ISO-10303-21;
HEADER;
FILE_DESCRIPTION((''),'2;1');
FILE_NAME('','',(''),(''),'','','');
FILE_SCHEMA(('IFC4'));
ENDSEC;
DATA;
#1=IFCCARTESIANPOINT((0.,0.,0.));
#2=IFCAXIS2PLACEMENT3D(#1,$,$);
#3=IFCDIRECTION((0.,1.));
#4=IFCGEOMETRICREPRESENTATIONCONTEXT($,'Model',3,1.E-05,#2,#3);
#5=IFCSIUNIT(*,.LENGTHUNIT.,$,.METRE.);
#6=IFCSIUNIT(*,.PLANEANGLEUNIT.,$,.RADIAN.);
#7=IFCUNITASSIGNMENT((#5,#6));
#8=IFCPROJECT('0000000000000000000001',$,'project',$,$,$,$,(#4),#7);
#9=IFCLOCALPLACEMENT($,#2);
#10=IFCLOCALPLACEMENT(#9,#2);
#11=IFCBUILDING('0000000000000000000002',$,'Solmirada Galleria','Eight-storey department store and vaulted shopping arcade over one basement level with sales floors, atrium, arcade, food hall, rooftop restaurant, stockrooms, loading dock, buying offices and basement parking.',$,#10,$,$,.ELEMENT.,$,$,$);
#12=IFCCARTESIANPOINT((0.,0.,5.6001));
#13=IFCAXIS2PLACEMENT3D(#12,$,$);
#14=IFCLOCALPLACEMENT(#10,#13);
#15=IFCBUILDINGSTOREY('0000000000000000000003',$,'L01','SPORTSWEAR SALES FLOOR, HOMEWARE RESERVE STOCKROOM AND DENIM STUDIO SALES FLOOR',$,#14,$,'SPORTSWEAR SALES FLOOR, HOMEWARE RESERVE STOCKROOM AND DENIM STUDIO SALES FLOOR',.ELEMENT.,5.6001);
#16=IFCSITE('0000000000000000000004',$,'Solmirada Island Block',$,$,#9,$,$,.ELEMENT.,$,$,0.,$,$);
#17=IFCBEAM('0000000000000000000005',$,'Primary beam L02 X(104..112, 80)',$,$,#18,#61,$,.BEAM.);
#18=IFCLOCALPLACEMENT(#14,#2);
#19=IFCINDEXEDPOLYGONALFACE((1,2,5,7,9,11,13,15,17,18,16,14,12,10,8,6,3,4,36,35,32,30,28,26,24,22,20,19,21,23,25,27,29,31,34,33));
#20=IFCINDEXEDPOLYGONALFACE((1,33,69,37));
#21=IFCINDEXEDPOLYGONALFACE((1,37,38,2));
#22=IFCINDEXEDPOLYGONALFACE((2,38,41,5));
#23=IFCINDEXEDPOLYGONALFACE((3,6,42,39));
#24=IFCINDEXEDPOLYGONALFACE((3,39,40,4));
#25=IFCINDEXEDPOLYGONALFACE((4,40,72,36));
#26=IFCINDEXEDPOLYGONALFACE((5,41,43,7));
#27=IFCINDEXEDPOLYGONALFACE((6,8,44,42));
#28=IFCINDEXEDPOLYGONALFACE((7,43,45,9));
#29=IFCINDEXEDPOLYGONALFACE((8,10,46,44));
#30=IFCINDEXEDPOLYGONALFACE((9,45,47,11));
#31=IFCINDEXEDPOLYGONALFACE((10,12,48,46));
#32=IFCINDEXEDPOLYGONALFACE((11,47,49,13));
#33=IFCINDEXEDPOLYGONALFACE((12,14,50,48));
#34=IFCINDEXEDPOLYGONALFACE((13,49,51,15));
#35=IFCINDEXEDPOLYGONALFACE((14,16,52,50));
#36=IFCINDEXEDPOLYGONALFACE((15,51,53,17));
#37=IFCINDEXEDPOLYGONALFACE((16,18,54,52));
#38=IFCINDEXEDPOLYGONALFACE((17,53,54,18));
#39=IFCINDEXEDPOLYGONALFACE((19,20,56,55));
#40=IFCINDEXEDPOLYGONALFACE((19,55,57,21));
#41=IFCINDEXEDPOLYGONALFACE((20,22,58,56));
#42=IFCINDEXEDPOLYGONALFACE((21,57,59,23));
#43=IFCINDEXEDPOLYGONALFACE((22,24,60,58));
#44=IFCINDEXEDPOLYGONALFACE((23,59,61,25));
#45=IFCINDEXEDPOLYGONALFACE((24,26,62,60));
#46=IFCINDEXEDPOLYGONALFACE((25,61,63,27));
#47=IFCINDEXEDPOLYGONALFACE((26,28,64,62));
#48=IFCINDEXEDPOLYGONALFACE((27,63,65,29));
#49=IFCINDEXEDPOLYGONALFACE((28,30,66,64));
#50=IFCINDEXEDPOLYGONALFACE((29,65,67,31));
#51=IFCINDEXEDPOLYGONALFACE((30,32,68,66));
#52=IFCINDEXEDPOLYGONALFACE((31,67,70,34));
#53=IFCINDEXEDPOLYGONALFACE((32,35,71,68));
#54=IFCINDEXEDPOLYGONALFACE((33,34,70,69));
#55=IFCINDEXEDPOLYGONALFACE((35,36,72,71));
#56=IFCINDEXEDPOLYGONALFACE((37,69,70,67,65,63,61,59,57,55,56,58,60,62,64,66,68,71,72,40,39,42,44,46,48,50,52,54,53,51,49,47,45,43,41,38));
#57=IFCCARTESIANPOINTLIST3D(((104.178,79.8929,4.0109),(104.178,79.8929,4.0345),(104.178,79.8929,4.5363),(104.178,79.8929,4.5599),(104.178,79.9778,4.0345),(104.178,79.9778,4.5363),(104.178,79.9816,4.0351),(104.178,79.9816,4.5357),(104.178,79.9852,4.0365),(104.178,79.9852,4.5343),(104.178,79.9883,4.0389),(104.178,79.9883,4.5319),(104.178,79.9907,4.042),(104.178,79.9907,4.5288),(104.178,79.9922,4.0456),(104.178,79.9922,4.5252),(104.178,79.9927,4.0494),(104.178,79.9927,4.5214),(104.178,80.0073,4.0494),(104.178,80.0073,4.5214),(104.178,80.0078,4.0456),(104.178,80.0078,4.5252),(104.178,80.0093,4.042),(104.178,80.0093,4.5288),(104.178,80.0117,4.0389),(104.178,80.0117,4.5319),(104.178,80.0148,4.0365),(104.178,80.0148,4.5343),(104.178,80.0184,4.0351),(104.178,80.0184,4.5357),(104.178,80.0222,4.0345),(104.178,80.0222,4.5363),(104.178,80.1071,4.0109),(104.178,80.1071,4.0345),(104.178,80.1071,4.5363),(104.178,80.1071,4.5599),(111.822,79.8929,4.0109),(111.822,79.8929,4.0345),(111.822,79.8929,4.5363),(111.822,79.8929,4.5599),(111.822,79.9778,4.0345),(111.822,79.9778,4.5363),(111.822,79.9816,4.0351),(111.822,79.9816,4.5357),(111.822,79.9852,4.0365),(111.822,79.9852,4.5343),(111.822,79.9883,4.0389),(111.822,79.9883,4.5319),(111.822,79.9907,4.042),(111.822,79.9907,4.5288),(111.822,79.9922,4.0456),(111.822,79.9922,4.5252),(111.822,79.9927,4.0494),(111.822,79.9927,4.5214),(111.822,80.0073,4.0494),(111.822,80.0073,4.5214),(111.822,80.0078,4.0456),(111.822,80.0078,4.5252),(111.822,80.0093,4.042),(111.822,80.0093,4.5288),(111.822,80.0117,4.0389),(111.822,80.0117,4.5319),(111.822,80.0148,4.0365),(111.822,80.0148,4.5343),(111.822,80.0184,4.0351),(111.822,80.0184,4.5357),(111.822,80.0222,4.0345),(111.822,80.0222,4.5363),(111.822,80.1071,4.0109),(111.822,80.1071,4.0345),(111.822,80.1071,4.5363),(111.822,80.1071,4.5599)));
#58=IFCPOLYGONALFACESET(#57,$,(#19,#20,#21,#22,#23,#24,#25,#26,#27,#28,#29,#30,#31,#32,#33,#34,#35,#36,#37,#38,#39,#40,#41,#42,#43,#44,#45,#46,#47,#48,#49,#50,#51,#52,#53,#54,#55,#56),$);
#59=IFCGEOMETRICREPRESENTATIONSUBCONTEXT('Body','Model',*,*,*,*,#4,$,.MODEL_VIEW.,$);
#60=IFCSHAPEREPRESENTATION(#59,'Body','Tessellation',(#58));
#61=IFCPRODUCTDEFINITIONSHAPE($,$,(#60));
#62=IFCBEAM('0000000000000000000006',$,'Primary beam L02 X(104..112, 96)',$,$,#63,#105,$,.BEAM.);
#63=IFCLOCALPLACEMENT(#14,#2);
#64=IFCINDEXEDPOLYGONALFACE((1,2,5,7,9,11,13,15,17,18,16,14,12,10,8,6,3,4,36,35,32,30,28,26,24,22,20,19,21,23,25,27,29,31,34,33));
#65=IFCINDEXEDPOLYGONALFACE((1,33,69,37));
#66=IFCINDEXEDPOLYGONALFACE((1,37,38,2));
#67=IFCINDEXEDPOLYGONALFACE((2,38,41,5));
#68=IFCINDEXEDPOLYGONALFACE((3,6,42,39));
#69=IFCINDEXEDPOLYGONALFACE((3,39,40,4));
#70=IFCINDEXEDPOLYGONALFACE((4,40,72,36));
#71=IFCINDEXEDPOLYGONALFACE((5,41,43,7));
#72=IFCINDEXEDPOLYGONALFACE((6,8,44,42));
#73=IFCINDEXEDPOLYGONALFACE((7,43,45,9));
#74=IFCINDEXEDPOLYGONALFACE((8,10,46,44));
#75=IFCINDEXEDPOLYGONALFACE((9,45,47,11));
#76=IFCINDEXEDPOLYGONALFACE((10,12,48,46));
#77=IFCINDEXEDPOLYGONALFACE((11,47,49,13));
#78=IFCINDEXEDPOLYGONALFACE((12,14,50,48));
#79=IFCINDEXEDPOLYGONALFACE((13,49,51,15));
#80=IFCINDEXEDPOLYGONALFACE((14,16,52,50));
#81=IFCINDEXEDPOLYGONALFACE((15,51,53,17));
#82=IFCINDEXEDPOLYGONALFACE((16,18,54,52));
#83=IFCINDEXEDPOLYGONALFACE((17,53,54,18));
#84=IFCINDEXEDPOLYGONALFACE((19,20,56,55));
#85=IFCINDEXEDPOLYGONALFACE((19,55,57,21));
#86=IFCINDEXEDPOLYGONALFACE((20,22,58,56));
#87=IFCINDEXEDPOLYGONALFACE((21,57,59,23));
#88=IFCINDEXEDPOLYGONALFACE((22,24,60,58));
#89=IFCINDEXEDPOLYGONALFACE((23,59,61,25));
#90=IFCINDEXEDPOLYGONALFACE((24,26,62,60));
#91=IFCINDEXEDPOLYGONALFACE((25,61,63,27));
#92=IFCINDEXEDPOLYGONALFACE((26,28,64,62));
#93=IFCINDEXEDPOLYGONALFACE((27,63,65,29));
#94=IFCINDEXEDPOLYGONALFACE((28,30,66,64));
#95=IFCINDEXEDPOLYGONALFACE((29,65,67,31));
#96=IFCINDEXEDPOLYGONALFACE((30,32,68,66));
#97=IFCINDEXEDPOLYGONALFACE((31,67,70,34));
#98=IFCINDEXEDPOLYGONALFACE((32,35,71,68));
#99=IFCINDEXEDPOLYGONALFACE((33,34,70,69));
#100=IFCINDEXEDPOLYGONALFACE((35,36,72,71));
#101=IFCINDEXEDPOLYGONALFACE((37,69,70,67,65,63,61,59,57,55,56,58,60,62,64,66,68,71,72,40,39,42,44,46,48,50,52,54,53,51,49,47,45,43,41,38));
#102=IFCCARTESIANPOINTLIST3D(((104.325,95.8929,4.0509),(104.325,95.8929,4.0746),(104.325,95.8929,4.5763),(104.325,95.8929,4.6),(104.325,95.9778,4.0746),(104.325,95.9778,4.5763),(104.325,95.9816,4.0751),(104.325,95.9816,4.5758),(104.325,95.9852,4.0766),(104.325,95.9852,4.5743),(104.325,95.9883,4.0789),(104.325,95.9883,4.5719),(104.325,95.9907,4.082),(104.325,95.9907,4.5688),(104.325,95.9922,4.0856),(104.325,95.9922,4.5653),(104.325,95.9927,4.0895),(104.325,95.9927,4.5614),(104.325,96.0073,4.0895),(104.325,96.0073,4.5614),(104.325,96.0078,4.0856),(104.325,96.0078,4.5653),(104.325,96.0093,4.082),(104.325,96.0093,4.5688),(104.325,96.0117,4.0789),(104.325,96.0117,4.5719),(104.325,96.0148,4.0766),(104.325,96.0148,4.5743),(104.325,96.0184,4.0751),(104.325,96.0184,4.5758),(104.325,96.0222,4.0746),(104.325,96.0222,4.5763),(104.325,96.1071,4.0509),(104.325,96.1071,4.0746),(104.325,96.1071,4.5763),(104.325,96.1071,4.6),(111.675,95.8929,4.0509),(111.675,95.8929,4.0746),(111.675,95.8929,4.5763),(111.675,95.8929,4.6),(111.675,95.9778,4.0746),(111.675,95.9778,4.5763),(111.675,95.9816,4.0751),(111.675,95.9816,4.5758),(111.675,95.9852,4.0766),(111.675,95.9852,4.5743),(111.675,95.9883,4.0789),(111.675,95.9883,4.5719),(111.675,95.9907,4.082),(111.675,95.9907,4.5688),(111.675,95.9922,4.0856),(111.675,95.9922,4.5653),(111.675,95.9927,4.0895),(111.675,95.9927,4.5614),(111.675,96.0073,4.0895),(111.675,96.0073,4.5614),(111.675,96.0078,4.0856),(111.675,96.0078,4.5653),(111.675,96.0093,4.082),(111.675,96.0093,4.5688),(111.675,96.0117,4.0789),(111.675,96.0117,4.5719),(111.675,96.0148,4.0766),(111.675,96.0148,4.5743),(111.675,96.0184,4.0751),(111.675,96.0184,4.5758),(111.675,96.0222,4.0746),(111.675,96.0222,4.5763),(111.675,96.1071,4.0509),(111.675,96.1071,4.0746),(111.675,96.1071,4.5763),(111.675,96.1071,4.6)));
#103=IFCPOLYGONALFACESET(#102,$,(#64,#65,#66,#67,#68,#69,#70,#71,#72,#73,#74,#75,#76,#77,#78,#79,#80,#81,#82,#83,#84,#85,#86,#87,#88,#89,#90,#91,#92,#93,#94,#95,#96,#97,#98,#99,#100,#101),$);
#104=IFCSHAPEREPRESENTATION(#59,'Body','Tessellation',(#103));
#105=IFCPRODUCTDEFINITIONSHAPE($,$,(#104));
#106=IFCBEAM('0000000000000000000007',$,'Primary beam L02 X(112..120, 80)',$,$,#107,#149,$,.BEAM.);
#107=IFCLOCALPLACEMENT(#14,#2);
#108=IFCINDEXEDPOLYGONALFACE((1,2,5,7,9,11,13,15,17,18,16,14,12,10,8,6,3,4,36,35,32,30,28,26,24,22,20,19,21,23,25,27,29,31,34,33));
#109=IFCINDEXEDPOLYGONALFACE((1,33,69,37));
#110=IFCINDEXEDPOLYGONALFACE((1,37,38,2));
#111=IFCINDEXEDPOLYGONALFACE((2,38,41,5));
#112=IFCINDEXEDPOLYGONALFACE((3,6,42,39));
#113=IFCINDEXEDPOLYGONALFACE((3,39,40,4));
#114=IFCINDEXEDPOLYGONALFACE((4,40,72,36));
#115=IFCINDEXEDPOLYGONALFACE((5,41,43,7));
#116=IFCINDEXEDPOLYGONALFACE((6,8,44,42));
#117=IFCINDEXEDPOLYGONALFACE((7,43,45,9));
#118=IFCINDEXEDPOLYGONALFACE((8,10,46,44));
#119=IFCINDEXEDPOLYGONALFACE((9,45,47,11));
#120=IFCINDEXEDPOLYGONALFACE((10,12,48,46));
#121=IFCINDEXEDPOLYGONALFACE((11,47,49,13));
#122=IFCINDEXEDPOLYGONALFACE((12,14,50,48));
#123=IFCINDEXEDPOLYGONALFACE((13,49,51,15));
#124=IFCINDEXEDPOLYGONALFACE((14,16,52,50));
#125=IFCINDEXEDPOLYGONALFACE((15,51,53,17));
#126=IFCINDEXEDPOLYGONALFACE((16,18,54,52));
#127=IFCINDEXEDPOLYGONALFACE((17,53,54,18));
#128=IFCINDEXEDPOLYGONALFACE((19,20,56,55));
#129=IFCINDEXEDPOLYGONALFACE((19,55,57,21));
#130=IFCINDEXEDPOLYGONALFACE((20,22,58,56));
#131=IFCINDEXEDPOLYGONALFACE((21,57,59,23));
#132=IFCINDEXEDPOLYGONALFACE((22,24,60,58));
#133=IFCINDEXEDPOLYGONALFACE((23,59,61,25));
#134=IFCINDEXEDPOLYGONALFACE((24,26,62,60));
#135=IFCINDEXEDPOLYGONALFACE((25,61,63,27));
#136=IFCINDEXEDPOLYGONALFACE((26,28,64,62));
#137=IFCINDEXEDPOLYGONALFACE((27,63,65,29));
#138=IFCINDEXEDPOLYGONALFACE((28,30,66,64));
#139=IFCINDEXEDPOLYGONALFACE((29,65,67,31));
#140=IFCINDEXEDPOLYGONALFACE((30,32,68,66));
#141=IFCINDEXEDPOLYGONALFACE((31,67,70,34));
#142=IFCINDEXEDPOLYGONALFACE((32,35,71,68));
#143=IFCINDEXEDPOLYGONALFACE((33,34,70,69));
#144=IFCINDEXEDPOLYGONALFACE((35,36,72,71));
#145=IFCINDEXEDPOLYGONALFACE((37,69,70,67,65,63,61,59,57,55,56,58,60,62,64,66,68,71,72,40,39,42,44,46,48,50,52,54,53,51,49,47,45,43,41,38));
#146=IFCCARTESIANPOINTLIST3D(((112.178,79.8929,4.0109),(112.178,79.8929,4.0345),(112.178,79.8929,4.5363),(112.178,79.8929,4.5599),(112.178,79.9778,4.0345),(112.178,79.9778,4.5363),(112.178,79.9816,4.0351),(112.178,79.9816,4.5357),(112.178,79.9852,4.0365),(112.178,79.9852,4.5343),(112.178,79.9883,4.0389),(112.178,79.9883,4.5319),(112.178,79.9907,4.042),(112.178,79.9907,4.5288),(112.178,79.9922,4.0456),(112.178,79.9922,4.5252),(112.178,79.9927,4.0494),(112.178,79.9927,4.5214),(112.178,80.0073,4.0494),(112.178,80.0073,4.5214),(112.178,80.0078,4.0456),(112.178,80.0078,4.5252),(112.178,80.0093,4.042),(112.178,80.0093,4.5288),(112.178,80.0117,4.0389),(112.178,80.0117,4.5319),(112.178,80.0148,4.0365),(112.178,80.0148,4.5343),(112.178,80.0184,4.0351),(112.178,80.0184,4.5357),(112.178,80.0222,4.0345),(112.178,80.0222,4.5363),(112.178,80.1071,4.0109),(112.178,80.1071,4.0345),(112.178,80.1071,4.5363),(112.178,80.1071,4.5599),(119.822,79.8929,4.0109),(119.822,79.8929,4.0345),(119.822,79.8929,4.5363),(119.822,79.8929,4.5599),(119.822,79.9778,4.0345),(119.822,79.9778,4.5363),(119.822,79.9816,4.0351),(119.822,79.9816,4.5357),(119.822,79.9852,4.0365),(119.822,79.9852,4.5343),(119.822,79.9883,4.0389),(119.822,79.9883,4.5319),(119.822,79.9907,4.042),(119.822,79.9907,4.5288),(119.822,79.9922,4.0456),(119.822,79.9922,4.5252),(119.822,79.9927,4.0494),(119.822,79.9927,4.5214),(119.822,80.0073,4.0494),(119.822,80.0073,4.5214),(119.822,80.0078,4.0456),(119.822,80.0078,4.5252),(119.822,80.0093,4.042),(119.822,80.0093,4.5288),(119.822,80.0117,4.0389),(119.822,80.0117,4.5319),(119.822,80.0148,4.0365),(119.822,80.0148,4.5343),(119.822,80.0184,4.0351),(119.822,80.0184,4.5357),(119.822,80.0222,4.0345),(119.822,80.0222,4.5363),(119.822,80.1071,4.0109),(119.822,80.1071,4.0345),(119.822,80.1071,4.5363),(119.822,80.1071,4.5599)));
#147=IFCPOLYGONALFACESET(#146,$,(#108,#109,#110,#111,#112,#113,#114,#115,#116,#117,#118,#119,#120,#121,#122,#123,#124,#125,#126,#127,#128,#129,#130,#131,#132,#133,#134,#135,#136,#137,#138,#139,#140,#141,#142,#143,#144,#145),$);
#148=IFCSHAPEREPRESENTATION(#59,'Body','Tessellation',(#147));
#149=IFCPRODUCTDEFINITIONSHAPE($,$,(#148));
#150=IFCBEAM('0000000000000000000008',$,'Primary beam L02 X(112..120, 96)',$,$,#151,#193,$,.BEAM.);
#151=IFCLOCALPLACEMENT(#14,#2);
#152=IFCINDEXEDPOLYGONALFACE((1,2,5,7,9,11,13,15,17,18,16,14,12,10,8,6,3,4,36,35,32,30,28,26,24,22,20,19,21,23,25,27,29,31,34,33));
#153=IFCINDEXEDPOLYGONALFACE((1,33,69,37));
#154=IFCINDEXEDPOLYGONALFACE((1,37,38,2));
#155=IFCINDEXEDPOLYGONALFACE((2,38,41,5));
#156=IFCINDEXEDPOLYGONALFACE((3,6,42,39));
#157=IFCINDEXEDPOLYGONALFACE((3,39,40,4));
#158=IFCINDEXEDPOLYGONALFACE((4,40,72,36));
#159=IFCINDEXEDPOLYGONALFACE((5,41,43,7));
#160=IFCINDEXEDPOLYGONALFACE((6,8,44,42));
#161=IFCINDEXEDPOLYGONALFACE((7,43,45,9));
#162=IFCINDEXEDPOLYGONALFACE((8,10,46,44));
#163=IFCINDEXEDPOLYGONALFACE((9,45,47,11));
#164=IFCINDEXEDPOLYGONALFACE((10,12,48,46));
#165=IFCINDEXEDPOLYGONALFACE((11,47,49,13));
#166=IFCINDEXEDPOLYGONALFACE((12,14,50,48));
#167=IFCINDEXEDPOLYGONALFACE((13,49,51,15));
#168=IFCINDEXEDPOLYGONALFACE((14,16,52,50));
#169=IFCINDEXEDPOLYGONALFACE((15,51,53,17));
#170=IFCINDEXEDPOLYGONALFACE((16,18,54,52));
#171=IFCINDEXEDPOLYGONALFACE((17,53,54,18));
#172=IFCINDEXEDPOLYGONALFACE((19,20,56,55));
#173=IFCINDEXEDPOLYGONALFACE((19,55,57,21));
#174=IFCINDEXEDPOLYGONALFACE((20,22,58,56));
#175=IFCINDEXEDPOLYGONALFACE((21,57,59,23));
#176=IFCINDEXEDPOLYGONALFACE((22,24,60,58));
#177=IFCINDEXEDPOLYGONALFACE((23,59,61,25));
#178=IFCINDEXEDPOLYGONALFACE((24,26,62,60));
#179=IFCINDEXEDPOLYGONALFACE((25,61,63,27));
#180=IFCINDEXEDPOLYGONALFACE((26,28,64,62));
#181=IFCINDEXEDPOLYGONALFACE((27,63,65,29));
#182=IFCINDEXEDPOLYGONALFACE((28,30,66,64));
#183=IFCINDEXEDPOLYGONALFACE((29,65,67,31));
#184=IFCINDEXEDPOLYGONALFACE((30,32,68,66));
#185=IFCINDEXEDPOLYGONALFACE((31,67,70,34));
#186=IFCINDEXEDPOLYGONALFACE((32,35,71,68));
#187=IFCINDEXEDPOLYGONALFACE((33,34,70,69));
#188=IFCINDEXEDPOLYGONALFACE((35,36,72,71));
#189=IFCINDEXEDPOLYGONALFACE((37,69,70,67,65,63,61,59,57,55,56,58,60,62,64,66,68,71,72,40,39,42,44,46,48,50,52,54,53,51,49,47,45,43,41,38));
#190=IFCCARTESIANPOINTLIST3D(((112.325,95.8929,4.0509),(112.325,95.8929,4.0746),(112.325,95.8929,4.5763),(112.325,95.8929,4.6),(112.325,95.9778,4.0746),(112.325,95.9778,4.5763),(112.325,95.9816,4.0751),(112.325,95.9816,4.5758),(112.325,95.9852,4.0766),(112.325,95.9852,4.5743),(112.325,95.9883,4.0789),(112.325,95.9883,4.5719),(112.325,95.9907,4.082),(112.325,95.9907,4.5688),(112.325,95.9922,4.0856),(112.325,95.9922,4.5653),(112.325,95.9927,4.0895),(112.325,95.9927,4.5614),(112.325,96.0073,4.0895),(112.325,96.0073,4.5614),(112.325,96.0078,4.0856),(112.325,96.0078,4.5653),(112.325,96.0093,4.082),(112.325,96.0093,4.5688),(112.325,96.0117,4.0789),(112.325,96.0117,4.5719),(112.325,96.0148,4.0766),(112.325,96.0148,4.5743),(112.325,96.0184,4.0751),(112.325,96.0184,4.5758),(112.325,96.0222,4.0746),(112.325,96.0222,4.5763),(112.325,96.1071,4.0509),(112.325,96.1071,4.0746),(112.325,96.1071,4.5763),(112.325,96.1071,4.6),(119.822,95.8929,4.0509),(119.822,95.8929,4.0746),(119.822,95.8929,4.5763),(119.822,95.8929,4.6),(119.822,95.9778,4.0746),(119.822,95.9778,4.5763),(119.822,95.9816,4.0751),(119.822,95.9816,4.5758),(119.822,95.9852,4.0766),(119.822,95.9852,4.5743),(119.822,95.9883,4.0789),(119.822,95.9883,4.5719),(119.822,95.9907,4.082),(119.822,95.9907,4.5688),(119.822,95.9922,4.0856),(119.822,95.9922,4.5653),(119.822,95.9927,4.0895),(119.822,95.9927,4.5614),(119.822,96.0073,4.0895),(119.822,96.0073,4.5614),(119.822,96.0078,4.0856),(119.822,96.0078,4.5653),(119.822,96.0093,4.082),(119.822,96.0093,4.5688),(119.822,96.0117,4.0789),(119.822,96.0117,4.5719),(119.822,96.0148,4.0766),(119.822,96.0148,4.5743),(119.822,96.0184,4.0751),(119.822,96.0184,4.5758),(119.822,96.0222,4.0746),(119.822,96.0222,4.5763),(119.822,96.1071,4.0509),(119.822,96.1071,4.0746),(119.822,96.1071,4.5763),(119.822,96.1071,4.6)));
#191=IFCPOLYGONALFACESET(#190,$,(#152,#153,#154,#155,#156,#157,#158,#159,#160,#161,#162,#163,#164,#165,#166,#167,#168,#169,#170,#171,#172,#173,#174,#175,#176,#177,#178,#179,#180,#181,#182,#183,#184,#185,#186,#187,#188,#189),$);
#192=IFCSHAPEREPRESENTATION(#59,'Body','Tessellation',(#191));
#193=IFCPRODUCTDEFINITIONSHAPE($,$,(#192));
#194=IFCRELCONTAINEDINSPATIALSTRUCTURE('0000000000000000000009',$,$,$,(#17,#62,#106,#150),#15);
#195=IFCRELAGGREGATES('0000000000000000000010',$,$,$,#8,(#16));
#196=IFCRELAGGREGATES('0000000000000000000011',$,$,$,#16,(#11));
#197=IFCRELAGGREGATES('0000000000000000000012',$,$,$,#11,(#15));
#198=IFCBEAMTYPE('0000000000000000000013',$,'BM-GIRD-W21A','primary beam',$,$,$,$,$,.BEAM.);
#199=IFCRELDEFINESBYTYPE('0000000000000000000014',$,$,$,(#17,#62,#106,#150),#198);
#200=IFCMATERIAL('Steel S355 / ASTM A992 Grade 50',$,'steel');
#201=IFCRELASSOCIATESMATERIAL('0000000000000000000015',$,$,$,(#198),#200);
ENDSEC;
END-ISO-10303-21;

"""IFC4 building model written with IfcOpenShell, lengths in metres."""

from ifc_helpers import new_model, si_unit, direction, frame, origin, origin_2d, place, context, subcontext, project, spatial, i_section, extrude, material, material_profile, profile_set, type_object, element, save


model = new_model("IFC4")

# Units and contexts
model_context = context("Model", 3, precision=1e-05, world=origin(), true_north=direction((0.0, 1.0)))
body_context = subcontext(model_context, "Body", "Model", "MODEL_VIEW")
ifc_project = project(units=[si_unit("LENGTHUNIT", "METRE"), si_unit("PLANEANGLEUNIT", "RADIAN")], contexts=[model_context])

# Site, building, storey
site_placement = place(None, origin())
site = spatial("IfcSite", under=ifc_project, at=site_placement, Name="Solmirada Island Block", CompositionType="ELEMENT", RefElevation=0.0)
building_placement = place(site_placement, origin())
building = spatial("IfcBuilding", under=site, at=building_placement, Name="Solmirada Galleria", Description="Eight-storey department store and vaulted shopping arcade over one basement level with sales floors, atrium, arcade, food hall, rooftop restaurant, stockrooms, loading dock, buying offices and basement parking.", CompositionType="ELEMENT")
storey_placement = place(building_placement, frame((0.0, 0.0, 5.6001)))
storey = spatial("IfcBuildingStorey", under=building, at=storey_placement, Name="L01", Description="SPORTSWEAR SALES FLOOR, HOMEWARE RESERVE STOCKROOM AND DENIM STUDIO SALES FLOOR", LongName="SPORTSWEAR SALES FLOOR, HOMEWARE RESERVE STOCKROOM AND DENIM STUDIO SALES FLOOR", CompositionType="ELEMENT", Elevation=5.6001)

# Beams
ifc_material_1 = material(Name="Steel S355 / ASTM A992 Grade 50", Category="steel")
ifc_material_profile_1 = material_profile(ifc_material_1, i_section(OverallWidth=0.2141, OverallDepth=0.5491, WebThickness=0.0146, FlangeThickness=0.0237, FilletRadius=0.0149, at=origin_2d()), Name="W21X93")
ifc_profile_set_1 = profile_set([ifc_material_profile_1], Name="Steel S355 / ASTM A992 Grade 50")
beam_type_1 = type_object("IfcBeamType", Name="BM-GIRD-W21A", Description="primary beam", PredefinedType="BEAM", material=ifc_profile_set_1)
beam_1_placement = place(storey_placement, frame((104.178, 80.0, 4.2854), z_axis=(1.0, 0.0, 0.0), x_axis=(0.0, 1.0, 0.0)))
element("IfcBeam", 1, at=beam_1_placement, inside=storey, type_object=beam_type_1, Name="Primary beam L02 X(104..112, 80)", PredefinedType="BEAM", context=body_context, shape_type="SweptSolid", body=[
    extrude(i_section(OverallWidth=0.2141, OverallDepth=0.5491, WebThickness=0.0146, FlangeThickness=0.0237, FilletRadius=0.0149, at=origin_2d()), origin(), (0.0, 0.0, 1.0), 7.644),
])
beam_2_placement = place(storey_placement, frame((104.325, 96.0, 4.3254), z_axis=(1.0, 0.0, 0.0), x_axis=(0.0, 1.0, 0.0)))
element("IfcBeam", 2, at=beam_2_placement, inside=storey, type_object=beam_type_1, Name="Primary beam L02 X(104..112, 96)", PredefinedType="BEAM", context=body_context, shape_type="SweptSolid", body=[
    extrude(i_section(OverallWidth=0.2141, OverallDepth=0.5491, WebThickness=0.0146, FlangeThickness=0.0237, FilletRadius=0.0149, at=origin_2d()), origin(), (0.0, 0.0, 1.0), 7.3501),
])
beam_3_placement = place(storey_placement, frame((112.178, 80.0, 4.2854), z_axis=(1.0, 0.0, 0.0), x_axis=(0.0, 1.0, 0.0)))
element("IfcBeam", 3, at=beam_3_placement, inside=storey, type_object=beam_type_1, Name="Primary beam L02 X(112..120, 80)", PredefinedType="BEAM", context=body_context, shape_type="SweptSolid", body=[
    extrude(i_section(OverallWidth=0.2141, OverallDepth=0.5491, WebThickness=0.0146, FlangeThickness=0.0237, FilletRadius=0.0149, at=origin_2d()), origin(), (0.0, 0.0, 1.0), 7.644),
])
beam_4_placement = place(storey_placement, frame((112.325, 96.0, 4.3254), z_axis=(1.0, 0.0, 0.0), x_axis=(0.0, 1.0, 0.0)))
element("IfcBeam", 4, at=beam_4_placement, inside=storey, type_object=beam_type_1, Name="Primary beam L02 X(112..120, 96)", PredefinedType="BEAM", context=body_context, shape_type="SweptSolid", body=[
    extrude(i_section(OverallWidth=0.2141, OverallDepth=0.5491, WebThickness=0.0146, FlangeThickness=0.0237, FilletRadius=0.0149, at=origin_2d()), origin(), (0.0, 0.0, 1.0), 7.4971),
])

save(model, "model.ifc")
